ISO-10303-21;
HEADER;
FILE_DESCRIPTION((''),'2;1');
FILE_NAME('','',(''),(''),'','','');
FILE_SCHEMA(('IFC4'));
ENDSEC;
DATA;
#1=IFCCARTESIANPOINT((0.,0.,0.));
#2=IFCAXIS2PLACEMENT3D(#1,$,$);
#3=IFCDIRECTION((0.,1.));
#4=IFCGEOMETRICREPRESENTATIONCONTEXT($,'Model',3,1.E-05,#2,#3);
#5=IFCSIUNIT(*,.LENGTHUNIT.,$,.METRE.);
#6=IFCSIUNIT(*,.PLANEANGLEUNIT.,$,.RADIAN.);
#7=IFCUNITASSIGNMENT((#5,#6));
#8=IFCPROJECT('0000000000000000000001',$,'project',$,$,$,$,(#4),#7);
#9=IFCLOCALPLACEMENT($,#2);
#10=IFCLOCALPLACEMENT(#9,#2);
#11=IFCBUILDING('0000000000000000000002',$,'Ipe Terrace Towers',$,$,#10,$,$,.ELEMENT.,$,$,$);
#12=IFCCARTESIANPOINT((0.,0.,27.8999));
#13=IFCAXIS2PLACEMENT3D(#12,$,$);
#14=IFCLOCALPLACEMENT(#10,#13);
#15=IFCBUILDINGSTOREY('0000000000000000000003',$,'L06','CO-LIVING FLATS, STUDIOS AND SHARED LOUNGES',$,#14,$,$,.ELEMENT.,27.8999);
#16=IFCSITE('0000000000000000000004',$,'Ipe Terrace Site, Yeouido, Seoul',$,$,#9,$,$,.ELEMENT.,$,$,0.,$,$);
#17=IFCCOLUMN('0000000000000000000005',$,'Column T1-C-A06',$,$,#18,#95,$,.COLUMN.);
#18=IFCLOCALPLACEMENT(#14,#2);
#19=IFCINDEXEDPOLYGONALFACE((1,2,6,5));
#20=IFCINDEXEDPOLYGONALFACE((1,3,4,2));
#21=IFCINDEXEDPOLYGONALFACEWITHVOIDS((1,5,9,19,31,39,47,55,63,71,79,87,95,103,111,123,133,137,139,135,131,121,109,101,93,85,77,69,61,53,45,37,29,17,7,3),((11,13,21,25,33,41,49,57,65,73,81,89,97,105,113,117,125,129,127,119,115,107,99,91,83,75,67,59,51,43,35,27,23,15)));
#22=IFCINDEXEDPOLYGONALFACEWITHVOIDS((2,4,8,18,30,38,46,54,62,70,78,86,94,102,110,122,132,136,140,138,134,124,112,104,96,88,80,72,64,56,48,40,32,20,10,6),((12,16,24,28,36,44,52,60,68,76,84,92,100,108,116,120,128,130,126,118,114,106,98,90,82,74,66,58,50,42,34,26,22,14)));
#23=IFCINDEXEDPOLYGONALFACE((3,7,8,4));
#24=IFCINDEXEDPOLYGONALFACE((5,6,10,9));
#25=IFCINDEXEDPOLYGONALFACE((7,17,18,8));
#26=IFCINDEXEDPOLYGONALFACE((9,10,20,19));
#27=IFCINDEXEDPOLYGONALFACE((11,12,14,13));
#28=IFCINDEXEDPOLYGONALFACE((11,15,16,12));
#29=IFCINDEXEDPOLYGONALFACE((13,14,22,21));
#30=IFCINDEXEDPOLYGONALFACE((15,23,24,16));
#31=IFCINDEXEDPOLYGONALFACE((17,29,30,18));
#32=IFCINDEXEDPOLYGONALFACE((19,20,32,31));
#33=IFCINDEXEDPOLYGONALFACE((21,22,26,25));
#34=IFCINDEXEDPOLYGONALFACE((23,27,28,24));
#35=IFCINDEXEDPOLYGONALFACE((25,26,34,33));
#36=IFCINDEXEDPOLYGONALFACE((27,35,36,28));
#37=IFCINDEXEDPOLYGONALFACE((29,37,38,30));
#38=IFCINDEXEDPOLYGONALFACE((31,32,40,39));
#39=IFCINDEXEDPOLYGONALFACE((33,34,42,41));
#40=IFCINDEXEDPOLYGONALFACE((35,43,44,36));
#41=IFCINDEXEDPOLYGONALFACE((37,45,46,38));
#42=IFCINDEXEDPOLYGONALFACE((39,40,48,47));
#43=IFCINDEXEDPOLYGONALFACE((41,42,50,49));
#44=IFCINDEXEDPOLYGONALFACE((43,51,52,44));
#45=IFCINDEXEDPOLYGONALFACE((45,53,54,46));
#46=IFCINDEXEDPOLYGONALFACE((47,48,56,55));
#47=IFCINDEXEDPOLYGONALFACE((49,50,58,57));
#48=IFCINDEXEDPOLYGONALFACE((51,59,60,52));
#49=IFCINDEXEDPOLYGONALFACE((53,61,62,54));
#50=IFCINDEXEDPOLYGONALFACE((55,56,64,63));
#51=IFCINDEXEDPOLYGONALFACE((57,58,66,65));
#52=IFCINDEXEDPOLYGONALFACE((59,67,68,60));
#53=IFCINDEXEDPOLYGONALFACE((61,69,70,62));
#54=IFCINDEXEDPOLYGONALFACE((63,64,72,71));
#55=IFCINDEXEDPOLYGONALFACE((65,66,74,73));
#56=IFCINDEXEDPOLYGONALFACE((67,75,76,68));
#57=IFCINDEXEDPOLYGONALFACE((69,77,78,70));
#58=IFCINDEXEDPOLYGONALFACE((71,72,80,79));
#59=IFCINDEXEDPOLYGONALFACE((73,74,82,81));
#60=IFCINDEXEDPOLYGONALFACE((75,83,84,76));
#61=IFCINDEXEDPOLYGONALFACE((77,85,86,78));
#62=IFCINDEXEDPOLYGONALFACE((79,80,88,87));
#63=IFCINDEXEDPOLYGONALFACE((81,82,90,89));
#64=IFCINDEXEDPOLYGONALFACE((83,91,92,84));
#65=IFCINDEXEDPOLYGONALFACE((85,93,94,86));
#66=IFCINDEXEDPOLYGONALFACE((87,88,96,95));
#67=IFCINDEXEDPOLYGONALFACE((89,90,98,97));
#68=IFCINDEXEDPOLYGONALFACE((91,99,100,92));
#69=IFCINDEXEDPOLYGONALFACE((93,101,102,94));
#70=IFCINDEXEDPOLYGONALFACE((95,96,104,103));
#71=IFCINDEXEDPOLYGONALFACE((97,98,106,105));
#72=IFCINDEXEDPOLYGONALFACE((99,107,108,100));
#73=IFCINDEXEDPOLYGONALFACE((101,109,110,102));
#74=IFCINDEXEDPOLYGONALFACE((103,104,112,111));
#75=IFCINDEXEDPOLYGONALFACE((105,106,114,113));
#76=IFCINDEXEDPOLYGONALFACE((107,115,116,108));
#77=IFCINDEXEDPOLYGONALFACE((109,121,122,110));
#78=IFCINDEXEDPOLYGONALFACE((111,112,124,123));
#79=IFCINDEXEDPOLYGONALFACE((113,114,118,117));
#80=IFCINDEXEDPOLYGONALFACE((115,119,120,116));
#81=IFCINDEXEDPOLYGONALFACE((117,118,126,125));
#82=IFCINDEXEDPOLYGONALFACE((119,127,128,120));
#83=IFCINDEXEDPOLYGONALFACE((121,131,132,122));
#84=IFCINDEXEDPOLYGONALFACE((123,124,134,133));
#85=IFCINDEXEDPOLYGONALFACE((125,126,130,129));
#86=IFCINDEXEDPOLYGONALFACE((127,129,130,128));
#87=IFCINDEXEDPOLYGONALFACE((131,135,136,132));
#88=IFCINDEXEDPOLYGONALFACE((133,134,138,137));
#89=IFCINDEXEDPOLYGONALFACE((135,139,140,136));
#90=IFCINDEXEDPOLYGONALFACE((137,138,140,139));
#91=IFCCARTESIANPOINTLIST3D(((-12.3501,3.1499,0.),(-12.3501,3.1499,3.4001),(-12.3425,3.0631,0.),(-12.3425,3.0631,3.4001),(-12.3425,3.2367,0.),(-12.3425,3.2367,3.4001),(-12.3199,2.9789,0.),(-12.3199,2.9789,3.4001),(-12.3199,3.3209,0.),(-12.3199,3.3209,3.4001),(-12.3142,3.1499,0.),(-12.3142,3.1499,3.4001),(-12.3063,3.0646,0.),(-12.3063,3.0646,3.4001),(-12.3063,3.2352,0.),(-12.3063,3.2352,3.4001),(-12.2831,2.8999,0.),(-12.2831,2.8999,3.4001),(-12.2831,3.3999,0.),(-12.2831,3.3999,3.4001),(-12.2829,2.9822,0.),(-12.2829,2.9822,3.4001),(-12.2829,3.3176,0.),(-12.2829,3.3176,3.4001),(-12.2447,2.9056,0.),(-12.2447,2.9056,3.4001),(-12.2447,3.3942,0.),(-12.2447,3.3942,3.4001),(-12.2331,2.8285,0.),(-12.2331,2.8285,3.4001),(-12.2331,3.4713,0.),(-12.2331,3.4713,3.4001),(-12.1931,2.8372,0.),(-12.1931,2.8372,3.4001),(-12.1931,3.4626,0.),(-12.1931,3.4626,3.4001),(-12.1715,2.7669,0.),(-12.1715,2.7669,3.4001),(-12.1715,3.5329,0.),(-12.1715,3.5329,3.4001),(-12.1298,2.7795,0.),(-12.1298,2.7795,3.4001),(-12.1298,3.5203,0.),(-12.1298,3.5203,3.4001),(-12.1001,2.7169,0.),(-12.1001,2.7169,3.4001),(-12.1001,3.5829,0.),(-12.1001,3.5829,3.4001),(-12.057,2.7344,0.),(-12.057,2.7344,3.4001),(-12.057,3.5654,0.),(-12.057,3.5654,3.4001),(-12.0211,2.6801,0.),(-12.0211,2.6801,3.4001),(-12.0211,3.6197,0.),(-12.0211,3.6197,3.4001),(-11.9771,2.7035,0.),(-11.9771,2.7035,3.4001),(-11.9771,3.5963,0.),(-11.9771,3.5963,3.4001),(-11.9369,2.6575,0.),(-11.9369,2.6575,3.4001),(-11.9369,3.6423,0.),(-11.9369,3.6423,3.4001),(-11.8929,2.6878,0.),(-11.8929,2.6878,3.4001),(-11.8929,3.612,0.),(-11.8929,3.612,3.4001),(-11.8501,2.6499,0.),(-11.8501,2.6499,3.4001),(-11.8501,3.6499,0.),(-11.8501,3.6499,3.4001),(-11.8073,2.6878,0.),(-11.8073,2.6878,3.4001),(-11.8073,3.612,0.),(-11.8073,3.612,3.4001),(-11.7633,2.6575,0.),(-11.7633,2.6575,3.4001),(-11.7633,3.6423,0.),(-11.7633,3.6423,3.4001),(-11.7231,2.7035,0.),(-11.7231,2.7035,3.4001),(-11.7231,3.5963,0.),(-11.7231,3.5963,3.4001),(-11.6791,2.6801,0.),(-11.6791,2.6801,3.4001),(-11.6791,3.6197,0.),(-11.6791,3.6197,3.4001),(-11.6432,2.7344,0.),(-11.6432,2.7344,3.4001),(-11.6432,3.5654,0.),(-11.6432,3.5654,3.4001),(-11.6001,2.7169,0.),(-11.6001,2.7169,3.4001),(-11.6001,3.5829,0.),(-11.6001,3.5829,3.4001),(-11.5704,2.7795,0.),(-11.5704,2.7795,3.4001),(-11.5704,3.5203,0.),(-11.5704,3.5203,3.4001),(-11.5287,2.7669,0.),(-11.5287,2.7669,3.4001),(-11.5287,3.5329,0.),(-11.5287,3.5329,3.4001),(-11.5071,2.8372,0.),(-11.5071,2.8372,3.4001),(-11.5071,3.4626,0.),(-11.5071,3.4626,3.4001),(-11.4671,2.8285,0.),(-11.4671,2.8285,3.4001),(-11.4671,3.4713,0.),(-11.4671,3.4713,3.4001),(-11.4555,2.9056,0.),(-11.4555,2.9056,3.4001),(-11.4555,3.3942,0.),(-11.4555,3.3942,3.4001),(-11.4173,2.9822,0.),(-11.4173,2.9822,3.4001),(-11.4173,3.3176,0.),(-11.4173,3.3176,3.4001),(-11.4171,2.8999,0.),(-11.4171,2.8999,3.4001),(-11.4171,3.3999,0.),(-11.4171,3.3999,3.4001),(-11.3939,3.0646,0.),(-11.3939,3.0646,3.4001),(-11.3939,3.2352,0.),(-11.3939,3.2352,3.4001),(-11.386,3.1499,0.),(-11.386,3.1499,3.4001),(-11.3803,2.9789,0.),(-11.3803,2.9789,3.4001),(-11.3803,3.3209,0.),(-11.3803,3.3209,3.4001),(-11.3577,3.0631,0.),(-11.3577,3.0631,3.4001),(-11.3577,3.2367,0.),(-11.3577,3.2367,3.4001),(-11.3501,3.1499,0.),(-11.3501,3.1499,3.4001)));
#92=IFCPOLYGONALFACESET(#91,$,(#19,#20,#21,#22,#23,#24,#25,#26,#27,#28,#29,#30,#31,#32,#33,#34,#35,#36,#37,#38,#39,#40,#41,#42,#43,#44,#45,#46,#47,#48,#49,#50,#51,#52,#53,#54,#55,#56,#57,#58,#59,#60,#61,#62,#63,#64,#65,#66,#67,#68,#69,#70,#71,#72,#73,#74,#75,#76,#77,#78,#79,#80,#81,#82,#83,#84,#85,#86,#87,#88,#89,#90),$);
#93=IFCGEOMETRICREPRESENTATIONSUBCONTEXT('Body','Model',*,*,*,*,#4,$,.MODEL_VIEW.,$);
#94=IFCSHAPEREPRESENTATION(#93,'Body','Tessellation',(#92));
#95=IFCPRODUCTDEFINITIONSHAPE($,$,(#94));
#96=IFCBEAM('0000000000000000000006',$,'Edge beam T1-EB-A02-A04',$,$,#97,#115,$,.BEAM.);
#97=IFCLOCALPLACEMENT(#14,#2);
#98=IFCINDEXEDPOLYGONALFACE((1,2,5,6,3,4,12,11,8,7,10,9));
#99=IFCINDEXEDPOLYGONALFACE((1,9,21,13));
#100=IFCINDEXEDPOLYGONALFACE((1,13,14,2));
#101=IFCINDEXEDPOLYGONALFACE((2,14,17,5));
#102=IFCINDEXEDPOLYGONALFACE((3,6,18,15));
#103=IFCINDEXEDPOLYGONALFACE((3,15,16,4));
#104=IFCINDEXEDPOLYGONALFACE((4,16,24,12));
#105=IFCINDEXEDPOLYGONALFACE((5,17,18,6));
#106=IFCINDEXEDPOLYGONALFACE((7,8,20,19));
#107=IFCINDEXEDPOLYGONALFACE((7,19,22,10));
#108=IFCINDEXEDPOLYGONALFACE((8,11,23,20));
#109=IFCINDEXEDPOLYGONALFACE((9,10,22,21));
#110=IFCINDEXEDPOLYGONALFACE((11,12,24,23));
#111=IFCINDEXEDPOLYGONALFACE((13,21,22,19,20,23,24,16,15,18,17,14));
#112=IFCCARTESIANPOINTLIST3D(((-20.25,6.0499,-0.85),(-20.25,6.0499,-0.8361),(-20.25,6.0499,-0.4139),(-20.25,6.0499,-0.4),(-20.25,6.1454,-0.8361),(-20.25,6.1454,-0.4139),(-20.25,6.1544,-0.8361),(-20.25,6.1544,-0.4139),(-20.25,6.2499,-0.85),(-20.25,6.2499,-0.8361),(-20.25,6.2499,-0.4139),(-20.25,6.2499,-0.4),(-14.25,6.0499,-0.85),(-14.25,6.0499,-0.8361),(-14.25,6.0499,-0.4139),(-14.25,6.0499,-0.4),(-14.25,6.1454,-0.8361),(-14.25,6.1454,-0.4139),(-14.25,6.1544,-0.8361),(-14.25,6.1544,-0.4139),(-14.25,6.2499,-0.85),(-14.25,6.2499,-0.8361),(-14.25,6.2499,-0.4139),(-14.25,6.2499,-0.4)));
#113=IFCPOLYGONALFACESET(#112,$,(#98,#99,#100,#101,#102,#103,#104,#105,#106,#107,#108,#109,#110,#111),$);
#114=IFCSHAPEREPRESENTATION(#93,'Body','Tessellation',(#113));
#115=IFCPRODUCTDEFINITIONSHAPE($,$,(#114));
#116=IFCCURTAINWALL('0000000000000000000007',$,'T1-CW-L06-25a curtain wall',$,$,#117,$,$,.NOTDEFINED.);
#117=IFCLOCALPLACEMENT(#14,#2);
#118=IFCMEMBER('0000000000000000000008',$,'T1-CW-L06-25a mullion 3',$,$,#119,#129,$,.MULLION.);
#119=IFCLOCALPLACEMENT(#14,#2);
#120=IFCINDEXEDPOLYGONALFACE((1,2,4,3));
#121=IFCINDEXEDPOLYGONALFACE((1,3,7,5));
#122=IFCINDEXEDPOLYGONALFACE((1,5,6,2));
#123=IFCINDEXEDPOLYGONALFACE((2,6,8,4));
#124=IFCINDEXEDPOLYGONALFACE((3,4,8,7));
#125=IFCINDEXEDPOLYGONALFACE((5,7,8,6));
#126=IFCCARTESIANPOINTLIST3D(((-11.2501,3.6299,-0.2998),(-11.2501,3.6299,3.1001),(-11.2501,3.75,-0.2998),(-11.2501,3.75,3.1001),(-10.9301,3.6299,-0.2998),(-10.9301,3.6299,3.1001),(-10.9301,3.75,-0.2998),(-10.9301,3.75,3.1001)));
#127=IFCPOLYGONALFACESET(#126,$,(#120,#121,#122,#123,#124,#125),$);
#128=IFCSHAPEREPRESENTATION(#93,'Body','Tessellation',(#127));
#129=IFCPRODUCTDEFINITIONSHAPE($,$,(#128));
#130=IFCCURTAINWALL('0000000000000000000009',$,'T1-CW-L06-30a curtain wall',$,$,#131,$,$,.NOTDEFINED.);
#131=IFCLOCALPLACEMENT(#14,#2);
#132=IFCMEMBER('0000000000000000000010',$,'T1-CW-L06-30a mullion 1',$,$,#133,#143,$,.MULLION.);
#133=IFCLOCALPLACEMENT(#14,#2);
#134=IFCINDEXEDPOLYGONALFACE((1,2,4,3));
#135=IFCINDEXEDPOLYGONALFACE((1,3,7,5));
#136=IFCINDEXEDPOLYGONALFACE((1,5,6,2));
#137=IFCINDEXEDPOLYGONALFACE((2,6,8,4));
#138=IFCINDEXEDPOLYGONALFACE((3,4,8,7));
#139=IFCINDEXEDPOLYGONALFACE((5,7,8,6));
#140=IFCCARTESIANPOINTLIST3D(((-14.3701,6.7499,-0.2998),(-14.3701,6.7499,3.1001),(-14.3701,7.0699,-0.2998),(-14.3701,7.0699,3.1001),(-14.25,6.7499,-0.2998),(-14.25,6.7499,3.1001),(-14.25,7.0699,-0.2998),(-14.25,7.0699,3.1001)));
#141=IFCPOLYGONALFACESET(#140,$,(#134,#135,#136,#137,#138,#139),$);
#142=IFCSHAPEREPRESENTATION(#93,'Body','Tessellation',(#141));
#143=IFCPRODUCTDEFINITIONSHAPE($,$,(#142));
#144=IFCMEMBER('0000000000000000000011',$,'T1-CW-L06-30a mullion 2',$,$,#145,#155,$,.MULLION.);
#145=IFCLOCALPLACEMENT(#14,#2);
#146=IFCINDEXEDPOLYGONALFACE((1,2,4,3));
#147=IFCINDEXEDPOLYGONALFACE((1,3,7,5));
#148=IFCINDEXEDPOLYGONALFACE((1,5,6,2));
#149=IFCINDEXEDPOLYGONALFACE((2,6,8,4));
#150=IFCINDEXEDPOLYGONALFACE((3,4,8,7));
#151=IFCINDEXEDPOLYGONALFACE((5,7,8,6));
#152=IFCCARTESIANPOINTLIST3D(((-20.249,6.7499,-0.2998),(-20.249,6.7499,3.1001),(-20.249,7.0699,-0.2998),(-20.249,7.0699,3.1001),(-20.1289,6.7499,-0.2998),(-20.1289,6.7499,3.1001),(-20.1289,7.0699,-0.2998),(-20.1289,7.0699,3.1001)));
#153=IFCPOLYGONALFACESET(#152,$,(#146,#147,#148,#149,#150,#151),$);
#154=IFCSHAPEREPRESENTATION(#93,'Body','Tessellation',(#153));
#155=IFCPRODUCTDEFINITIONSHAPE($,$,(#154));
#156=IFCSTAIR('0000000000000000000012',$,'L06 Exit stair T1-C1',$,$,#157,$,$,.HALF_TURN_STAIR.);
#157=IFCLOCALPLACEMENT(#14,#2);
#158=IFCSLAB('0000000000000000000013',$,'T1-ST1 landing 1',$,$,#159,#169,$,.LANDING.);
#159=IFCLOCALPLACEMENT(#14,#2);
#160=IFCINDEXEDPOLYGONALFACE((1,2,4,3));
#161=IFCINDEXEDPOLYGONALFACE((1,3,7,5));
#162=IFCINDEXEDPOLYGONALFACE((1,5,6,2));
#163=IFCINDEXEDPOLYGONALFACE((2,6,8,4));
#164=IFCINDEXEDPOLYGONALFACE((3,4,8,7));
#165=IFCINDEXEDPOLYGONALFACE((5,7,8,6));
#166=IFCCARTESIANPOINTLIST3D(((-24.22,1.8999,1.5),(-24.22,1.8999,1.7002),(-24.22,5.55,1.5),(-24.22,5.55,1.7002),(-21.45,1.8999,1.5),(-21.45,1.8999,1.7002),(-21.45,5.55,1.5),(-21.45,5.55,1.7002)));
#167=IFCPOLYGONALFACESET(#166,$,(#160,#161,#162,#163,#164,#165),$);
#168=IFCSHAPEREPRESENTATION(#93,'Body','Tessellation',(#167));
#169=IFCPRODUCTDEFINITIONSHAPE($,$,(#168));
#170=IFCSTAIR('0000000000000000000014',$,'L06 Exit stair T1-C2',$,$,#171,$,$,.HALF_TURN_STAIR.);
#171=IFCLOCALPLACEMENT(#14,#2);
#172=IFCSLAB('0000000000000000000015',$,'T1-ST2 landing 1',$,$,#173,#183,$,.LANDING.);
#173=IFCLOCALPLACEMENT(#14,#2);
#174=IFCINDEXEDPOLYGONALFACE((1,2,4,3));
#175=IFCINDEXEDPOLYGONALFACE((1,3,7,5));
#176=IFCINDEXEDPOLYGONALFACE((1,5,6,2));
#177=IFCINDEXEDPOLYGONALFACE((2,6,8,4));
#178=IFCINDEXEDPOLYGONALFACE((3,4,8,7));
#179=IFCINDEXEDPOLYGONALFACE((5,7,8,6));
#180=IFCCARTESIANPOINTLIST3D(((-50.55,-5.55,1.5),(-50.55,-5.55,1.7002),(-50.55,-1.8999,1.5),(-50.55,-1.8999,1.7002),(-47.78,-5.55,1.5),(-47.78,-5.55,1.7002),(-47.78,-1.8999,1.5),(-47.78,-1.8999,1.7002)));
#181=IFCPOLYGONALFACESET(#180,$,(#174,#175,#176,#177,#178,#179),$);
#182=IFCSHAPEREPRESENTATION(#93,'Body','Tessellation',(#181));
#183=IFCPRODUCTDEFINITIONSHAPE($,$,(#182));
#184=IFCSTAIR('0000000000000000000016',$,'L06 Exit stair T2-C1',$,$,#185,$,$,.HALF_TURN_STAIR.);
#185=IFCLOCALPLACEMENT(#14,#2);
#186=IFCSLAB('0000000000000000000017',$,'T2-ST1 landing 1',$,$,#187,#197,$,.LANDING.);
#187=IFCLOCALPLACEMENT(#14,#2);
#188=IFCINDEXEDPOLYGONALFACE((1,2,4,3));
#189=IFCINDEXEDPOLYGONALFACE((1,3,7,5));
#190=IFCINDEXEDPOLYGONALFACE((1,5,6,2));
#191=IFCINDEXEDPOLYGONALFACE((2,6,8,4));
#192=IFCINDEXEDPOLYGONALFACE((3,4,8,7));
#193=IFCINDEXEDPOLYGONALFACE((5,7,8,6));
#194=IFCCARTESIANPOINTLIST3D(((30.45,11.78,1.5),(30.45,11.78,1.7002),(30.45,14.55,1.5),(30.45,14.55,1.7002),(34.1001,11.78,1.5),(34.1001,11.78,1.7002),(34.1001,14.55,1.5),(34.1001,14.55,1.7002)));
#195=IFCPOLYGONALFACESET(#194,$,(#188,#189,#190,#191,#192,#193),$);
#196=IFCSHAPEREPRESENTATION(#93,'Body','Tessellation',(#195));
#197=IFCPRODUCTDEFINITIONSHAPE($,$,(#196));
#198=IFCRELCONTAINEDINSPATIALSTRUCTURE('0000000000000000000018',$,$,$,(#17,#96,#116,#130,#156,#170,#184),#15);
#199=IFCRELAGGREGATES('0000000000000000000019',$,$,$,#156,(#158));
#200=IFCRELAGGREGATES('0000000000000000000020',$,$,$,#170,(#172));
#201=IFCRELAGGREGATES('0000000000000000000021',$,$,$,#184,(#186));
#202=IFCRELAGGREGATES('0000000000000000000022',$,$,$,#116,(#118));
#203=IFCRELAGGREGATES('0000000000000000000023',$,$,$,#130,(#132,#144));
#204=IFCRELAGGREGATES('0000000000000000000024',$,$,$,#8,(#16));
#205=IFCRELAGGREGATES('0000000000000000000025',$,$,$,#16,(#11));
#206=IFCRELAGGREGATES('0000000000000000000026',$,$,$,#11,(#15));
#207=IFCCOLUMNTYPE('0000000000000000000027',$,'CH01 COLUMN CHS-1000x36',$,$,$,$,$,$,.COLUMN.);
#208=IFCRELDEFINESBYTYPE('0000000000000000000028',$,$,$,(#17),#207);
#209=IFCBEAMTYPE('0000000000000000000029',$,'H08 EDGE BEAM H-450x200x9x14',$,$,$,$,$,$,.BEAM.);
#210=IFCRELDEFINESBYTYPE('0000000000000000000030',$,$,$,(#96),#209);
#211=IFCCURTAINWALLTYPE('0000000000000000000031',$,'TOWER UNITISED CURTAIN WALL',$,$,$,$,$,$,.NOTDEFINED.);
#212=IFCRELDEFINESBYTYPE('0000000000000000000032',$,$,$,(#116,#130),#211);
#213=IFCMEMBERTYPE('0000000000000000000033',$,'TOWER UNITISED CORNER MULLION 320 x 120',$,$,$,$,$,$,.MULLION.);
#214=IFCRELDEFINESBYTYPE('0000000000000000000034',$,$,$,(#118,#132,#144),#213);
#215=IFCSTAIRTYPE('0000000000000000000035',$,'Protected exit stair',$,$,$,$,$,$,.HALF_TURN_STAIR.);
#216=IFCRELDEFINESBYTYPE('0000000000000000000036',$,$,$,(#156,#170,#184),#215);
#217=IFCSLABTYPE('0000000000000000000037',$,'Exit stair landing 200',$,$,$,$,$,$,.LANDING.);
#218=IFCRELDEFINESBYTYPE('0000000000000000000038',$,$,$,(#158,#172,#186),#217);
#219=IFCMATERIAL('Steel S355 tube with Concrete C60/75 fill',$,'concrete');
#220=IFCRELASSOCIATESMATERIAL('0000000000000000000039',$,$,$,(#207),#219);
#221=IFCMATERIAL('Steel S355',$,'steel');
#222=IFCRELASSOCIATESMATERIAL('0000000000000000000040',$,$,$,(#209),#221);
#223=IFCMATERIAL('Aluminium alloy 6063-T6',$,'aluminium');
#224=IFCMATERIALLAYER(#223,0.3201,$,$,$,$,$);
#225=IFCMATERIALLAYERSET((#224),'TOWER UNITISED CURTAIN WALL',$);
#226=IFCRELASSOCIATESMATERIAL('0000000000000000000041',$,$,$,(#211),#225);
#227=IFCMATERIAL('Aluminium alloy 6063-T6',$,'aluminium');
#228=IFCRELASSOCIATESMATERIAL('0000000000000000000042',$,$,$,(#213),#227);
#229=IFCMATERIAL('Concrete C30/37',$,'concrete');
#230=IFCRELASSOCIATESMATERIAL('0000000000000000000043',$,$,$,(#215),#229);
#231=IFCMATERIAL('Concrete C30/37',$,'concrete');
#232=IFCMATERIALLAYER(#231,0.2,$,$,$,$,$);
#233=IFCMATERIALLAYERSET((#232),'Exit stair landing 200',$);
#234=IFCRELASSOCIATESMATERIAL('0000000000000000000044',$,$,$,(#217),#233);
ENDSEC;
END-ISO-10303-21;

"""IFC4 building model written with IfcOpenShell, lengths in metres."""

from ifc_helpers import new_model, si_unit, direction, frame, origin, origin_2d, place, context, subcontext, project, spatial, polyline, rectangle, hollow_circle, i_section, outline, extrude, material, layer, layer_set, material_profile, profile_set, type_object, element, aggregate, save


model = new_model("IFC4")

# Units and contexts
model_context = context("Model", 3, precision=1e-05, world=origin(), true_north=direction((0.0, 1.0)))
body_context = subcontext(model_context, "Body", "Model", "MODEL_VIEW")
ifc_project = project(units=[si_unit("LENGTHUNIT", "METRE"), si_unit("PLANEANGLEUNIT", "RADIAN")], contexts=[model_context])

# Site, building, storey
site_placement = place(None, origin())
site = spatial("IfcSite", under=ifc_project, at=site_placement, Name="Ipe Terrace Site, Yeouido, Seoul", CompositionType="ELEMENT", RefElevation=0.0)
building_placement = place(site_placement, origin())
building = spatial("IfcBuilding", under=site, at=building_placement, Name="Ipe Terrace Towers", CompositionType="ELEMENT")
storey_placement = place(building_placement, frame((0.0, 0.0, 27.8999)))
storey = spatial("IfcBuildingStorey", under=building, at=storey_placement, Name="L06", Description="CO-LIVING FLATS, STUDIOS AND SHARED LOUNGES", CompositionType="ELEMENT", Elevation=27.8999)

# Column
ifc_material_1 = material(Name="Steel S355 tube with Concrete C60/75 fill", Category="concrete")
ifc_material_profile_1 = material_profile(ifc_material_1, hollow_circle(Radius=0.5, WallThickness=0.0359, at=origin_2d()), Name="CHS-1000x36")
ifc_profile_set_1 = profile_set([ifc_material_profile_1], Name="Steel S355 tube with Concrete C60/75 fill")
column_type = type_object("IfcColumnType", Name="CH01 COLUMN CHS-1000x36", PredefinedType="COLUMN", material=ifc_profile_set_1)
for number, where, z_axis, x_axis, name in (
    (1, (-11.8501, 3.1499, 0.0), (0.0, 0.0, 1.0), (1.0, 0.0, 0.0), "Column T1-C-A06"),
):
    element("IfcColumn", number, at=place(storey_placement, frame(where, z_axis=z_axis, x_axis=x_axis)), inside=storey, type_object=column_type, Name=name, PredefinedType="COLUMN", context=body_context, shape_type="SweptSolid", body=[
        extrude(hollow_circle(Radius=0.5, WallThickness=0.0359, at=origin_2d()), origin(), (0.0, 0.0, 1.0), 3.4001),
    ])

# Beam
ifc_material_2 = material(Name="Steel S355", Category="steel")
ifc_material_profile_2 = material_profile(ifc_material_2, i_section(OverallWidth=0.2, OverallDepth=0.45, WebThickness=0.009, FlangeThickness=0.0139, at=origin_2d()), Name="H-450x200x9x14")
ifc_profile_set_2 = profile_set([ifc_material_profile_2], Name="Steel S355")
beam_type = type_object("IfcBeamType", Name="H08 EDGE BEAM H-450x200x9x14", PredefinedType="BEAM", material=ifc_profile_set_2)
beam_placement = place(storey_placement, frame((-20.25, 6.1499, -0.625), z_axis=(1.0, 0.0, 0.0), x_axis=(0.0, 1.0, 0.0)))
element("IfcBeam", 2, at=beam_placement, inside=storey, type_object=beam_type, Name="Edge beam T1-EB-A02-A04", PredefinedType="BEAM", context=body_context, shape_type="SweptSolid", body=[
    extrude(i_section(OverallWidth=0.2, OverallDepth=0.45, WebThickness=0.009, FlangeThickness=0.0139, at=origin_2d()), origin(), (0.0, 0.0, 1.0), 6.0),
])

# Curtain wall, member
ifc_material_3 = material(Name="Aluminium alloy 6063-T6", Category="aluminium")
ifc_layer_1 = layer(ifc_material_3, 0.3201)
ifc_layer_set_1 = layer_set([ifc_layer_1], Name="TOWER UNITISED CURTAIN WALL")
curtain_wall_type = type_object("IfcCurtainWallType", Name="TOWER UNITISED CURTAIN WALL", PredefinedType="NOTDEFINED", material=ifc_layer_set_1)
curtain_wall_1_placement = place(storey_placement, origin())
curtain_wall_1 = element("IfcCurtainWall", 3, at=curtain_wall_1_placement, inside=storey, type_object=curtain_wall_type, Name="T1-CW-L06-25a curtain wall", PredefinedType="NOTDEFINED")
ifc_material_4 = material(Name="Aluminium alloy 6063-T6", Category="aluminium")
ifc_material_profile_3 = material_profile(ifc_material_4, rectangle(XDim=0.3201, YDim=0.1201, at=origin_2d()), Name="TOWER UNITISED CORNER MULLION 320 x 120")
ifc_profile_set_3 = profile_set([ifc_material_profile_3], Name="Aluminium alloy 6063-T6")
member_type = type_object("IfcMemberType", Name="TOWER UNITISED CORNER MULLION 320 x 120", PredefinedType="MULLION", material=ifc_profile_set_3)
member_1_placement = place(storey_placement, frame((-11.0901, 3.6899, -0.2998), z_axis=(0.0, 0.0, 1.0), x_axis=(1.0, 0.0, 0.0)))
member_1 = element("IfcMember", 4, at=member_1_placement, type_object=member_type, Name="T1-CW-L06-25a mullion 3", PredefinedType="MULLION", context=body_context, shape_type="SweptSolid", body=[
    extrude(rectangle(XDim=0.3201, YDim=0.1201, at=origin_2d()), origin(), (0.0, 0.0, 1.0), 3.3999),
])

# Curtain wall, members
curtain_wall_2_placement = place(storey_placement, origin())
curtain_wall_2 = element("IfcCurtainWall", 5, at=curtain_wall_2_placement, inside=storey, type_object=curtain_wall_type, Name="T1-CW-L06-30a curtain wall", PredefinedType="NOTDEFINED")
member_2_placement = place(storey_placement, frame((-14.3101, 6.9099, -0.2998), z_axis=(0.0, 0.0, 1.0), x_axis=(0.0, 1.0, 0.0)))
member_2 = element("IfcMember", 6, at=member_2_placement, type_object=member_type, Name="T1-CW-L06-30a mullion 1", PredefinedType="MULLION", context=body_context, shape_type="SweptSolid", body=[
    extrude(rectangle(XDim=0.3201, YDim=0.1201, at=origin_2d()), origin(), (0.0, 0.0, 1.0), 3.3999),
])
member_3_placement = place(storey_placement, frame((-20.189, 6.9099, -0.2998), z_axis=(0.0, 0.0, 1.0), x_axis=(0.0, 1.0, 0.0)))
member_3 = element("IfcMember", 7, at=member_3_placement, type_object=member_type, Name="T1-CW-L06-30a mullion 2", PredefinedType="MULLION", context=body_context, shape_type="SweptSolid", body=[
    extrude(rectangle(XDim=0.3201, YDim=0.1201, at=origin_2d()), origin(), (0.0, 0.0, 1.0), 3.3999),
])

# Stairs, slabs
ifc_material_5 = material(Name="Concrete C30/37", Category="concrete")
stair_type = type_object("IfcStairType", Name="Protected exit stair", PredefinedType="HALF_TURN_STAIR", material=ifc_material_5)
stair_1_placement = place(storey_placement, origin())
stair_1 = element("IfcStair", 8, at=stair_1_placement, inside=storey, type_object=stair_type, Name="L06 Exit stair T1-C1", PredefinedType="HALF_TURN_STAIR")
ifc_material_6 = material(Name="Concrete C30/37", Category="concrete")
ifc_layer_2 = layer(ifc_material_6, 0.2)
ifc_layer_set_2 = layer_set([ifc_layer_2], Name="Exit stair landing 200")
slab_type_1 = type_object("IfcSlabType", Name="Exit stair landing 200", PredefinedType="LANDING", material=ifc_layer_set_2)
slab_1_placement = place(storey_placement, frame((0.0, 0.0, 1.5)))
slab_1 = element("IfcSlab", 9, at=slab_1_placement, type_object=slab_type_1, Name="T1-ST1 landing 1", PredefinedType="LANDING", context=body_context, shape_type="SweptSolid", body=[
    extrude(outline(polyline([(-24.22, 1.8999), (-21.45, 1.8999), (-21.45, 5.55), (-24.22, 5.55), (-24.22, 1.8999)])), origin(), (0.0, 0.0, 1.0), 0.2002),
])
aggregate(stair_1, [slab_1])
stair_2_placement = place(storey_placement, origin())
stair_2 = element("IfcStair", 10, at=stair_2_placement, inside=storey, type_object=stair_type, Name="L06 Exit stair T1-C2", PredefinedType="HALF_TURN_STAIR")
slab_2_placement = place(storey_placement, frame((0.0, 0.0, 1.5)))
slab_2 = element("IfcSlab", 11, at=slab_2_placement, type_object=slab_type_1, Name="T1-ST2 landing 1", PredefinedType="LANDING", context=body_context, shape_type="SweptSolid", body=[
    extrude(outline(polyline([(-47.78, -1.8999), (-50.55, -1.8999), (-50.55, -5.55), (-47.78, -5.55), (-47.78, -1.8999)])), origin(), (0.0, 0.0, 1.0), 0.2002),
])
aggregate(stair_2, [slab_2])
stair_3_placement = place(storey_placement, origin())
stair_3 = element("IfcStair", 12, at=stair_3_placement, inside=storey, type_object=stair_type, Name="L06 Exit stair T2-C1", PredefinedType="HALF_TURN_STAIR")
slab_3_placement = place(storey_placement, frame((0.0, 0.0, 1.5)))
slab_3 = element("IfcSlab", 13, at=slab_3_placement, type_object=slab_type_1, Name="T2-ST1 landing 1", PredefinedType="LANDING", context=body_context, shape_type="SweptSolid", body=[
    extrude(outline(polyline([(34.1001, 11.78), (34.1001, 14.55), (30.45, 14.55), (30.45, 11.78), (34.1001, 11.78)])), origin(), (0.0, 0.0, 1.0), 0.2002),
])
aggregate(stair_3, [slab_3])

aggregate(curtain_wall_1, [member_1])
aggregate(curtain_wall_2, [member_2, member_3])

save(model, "model.ifc")
